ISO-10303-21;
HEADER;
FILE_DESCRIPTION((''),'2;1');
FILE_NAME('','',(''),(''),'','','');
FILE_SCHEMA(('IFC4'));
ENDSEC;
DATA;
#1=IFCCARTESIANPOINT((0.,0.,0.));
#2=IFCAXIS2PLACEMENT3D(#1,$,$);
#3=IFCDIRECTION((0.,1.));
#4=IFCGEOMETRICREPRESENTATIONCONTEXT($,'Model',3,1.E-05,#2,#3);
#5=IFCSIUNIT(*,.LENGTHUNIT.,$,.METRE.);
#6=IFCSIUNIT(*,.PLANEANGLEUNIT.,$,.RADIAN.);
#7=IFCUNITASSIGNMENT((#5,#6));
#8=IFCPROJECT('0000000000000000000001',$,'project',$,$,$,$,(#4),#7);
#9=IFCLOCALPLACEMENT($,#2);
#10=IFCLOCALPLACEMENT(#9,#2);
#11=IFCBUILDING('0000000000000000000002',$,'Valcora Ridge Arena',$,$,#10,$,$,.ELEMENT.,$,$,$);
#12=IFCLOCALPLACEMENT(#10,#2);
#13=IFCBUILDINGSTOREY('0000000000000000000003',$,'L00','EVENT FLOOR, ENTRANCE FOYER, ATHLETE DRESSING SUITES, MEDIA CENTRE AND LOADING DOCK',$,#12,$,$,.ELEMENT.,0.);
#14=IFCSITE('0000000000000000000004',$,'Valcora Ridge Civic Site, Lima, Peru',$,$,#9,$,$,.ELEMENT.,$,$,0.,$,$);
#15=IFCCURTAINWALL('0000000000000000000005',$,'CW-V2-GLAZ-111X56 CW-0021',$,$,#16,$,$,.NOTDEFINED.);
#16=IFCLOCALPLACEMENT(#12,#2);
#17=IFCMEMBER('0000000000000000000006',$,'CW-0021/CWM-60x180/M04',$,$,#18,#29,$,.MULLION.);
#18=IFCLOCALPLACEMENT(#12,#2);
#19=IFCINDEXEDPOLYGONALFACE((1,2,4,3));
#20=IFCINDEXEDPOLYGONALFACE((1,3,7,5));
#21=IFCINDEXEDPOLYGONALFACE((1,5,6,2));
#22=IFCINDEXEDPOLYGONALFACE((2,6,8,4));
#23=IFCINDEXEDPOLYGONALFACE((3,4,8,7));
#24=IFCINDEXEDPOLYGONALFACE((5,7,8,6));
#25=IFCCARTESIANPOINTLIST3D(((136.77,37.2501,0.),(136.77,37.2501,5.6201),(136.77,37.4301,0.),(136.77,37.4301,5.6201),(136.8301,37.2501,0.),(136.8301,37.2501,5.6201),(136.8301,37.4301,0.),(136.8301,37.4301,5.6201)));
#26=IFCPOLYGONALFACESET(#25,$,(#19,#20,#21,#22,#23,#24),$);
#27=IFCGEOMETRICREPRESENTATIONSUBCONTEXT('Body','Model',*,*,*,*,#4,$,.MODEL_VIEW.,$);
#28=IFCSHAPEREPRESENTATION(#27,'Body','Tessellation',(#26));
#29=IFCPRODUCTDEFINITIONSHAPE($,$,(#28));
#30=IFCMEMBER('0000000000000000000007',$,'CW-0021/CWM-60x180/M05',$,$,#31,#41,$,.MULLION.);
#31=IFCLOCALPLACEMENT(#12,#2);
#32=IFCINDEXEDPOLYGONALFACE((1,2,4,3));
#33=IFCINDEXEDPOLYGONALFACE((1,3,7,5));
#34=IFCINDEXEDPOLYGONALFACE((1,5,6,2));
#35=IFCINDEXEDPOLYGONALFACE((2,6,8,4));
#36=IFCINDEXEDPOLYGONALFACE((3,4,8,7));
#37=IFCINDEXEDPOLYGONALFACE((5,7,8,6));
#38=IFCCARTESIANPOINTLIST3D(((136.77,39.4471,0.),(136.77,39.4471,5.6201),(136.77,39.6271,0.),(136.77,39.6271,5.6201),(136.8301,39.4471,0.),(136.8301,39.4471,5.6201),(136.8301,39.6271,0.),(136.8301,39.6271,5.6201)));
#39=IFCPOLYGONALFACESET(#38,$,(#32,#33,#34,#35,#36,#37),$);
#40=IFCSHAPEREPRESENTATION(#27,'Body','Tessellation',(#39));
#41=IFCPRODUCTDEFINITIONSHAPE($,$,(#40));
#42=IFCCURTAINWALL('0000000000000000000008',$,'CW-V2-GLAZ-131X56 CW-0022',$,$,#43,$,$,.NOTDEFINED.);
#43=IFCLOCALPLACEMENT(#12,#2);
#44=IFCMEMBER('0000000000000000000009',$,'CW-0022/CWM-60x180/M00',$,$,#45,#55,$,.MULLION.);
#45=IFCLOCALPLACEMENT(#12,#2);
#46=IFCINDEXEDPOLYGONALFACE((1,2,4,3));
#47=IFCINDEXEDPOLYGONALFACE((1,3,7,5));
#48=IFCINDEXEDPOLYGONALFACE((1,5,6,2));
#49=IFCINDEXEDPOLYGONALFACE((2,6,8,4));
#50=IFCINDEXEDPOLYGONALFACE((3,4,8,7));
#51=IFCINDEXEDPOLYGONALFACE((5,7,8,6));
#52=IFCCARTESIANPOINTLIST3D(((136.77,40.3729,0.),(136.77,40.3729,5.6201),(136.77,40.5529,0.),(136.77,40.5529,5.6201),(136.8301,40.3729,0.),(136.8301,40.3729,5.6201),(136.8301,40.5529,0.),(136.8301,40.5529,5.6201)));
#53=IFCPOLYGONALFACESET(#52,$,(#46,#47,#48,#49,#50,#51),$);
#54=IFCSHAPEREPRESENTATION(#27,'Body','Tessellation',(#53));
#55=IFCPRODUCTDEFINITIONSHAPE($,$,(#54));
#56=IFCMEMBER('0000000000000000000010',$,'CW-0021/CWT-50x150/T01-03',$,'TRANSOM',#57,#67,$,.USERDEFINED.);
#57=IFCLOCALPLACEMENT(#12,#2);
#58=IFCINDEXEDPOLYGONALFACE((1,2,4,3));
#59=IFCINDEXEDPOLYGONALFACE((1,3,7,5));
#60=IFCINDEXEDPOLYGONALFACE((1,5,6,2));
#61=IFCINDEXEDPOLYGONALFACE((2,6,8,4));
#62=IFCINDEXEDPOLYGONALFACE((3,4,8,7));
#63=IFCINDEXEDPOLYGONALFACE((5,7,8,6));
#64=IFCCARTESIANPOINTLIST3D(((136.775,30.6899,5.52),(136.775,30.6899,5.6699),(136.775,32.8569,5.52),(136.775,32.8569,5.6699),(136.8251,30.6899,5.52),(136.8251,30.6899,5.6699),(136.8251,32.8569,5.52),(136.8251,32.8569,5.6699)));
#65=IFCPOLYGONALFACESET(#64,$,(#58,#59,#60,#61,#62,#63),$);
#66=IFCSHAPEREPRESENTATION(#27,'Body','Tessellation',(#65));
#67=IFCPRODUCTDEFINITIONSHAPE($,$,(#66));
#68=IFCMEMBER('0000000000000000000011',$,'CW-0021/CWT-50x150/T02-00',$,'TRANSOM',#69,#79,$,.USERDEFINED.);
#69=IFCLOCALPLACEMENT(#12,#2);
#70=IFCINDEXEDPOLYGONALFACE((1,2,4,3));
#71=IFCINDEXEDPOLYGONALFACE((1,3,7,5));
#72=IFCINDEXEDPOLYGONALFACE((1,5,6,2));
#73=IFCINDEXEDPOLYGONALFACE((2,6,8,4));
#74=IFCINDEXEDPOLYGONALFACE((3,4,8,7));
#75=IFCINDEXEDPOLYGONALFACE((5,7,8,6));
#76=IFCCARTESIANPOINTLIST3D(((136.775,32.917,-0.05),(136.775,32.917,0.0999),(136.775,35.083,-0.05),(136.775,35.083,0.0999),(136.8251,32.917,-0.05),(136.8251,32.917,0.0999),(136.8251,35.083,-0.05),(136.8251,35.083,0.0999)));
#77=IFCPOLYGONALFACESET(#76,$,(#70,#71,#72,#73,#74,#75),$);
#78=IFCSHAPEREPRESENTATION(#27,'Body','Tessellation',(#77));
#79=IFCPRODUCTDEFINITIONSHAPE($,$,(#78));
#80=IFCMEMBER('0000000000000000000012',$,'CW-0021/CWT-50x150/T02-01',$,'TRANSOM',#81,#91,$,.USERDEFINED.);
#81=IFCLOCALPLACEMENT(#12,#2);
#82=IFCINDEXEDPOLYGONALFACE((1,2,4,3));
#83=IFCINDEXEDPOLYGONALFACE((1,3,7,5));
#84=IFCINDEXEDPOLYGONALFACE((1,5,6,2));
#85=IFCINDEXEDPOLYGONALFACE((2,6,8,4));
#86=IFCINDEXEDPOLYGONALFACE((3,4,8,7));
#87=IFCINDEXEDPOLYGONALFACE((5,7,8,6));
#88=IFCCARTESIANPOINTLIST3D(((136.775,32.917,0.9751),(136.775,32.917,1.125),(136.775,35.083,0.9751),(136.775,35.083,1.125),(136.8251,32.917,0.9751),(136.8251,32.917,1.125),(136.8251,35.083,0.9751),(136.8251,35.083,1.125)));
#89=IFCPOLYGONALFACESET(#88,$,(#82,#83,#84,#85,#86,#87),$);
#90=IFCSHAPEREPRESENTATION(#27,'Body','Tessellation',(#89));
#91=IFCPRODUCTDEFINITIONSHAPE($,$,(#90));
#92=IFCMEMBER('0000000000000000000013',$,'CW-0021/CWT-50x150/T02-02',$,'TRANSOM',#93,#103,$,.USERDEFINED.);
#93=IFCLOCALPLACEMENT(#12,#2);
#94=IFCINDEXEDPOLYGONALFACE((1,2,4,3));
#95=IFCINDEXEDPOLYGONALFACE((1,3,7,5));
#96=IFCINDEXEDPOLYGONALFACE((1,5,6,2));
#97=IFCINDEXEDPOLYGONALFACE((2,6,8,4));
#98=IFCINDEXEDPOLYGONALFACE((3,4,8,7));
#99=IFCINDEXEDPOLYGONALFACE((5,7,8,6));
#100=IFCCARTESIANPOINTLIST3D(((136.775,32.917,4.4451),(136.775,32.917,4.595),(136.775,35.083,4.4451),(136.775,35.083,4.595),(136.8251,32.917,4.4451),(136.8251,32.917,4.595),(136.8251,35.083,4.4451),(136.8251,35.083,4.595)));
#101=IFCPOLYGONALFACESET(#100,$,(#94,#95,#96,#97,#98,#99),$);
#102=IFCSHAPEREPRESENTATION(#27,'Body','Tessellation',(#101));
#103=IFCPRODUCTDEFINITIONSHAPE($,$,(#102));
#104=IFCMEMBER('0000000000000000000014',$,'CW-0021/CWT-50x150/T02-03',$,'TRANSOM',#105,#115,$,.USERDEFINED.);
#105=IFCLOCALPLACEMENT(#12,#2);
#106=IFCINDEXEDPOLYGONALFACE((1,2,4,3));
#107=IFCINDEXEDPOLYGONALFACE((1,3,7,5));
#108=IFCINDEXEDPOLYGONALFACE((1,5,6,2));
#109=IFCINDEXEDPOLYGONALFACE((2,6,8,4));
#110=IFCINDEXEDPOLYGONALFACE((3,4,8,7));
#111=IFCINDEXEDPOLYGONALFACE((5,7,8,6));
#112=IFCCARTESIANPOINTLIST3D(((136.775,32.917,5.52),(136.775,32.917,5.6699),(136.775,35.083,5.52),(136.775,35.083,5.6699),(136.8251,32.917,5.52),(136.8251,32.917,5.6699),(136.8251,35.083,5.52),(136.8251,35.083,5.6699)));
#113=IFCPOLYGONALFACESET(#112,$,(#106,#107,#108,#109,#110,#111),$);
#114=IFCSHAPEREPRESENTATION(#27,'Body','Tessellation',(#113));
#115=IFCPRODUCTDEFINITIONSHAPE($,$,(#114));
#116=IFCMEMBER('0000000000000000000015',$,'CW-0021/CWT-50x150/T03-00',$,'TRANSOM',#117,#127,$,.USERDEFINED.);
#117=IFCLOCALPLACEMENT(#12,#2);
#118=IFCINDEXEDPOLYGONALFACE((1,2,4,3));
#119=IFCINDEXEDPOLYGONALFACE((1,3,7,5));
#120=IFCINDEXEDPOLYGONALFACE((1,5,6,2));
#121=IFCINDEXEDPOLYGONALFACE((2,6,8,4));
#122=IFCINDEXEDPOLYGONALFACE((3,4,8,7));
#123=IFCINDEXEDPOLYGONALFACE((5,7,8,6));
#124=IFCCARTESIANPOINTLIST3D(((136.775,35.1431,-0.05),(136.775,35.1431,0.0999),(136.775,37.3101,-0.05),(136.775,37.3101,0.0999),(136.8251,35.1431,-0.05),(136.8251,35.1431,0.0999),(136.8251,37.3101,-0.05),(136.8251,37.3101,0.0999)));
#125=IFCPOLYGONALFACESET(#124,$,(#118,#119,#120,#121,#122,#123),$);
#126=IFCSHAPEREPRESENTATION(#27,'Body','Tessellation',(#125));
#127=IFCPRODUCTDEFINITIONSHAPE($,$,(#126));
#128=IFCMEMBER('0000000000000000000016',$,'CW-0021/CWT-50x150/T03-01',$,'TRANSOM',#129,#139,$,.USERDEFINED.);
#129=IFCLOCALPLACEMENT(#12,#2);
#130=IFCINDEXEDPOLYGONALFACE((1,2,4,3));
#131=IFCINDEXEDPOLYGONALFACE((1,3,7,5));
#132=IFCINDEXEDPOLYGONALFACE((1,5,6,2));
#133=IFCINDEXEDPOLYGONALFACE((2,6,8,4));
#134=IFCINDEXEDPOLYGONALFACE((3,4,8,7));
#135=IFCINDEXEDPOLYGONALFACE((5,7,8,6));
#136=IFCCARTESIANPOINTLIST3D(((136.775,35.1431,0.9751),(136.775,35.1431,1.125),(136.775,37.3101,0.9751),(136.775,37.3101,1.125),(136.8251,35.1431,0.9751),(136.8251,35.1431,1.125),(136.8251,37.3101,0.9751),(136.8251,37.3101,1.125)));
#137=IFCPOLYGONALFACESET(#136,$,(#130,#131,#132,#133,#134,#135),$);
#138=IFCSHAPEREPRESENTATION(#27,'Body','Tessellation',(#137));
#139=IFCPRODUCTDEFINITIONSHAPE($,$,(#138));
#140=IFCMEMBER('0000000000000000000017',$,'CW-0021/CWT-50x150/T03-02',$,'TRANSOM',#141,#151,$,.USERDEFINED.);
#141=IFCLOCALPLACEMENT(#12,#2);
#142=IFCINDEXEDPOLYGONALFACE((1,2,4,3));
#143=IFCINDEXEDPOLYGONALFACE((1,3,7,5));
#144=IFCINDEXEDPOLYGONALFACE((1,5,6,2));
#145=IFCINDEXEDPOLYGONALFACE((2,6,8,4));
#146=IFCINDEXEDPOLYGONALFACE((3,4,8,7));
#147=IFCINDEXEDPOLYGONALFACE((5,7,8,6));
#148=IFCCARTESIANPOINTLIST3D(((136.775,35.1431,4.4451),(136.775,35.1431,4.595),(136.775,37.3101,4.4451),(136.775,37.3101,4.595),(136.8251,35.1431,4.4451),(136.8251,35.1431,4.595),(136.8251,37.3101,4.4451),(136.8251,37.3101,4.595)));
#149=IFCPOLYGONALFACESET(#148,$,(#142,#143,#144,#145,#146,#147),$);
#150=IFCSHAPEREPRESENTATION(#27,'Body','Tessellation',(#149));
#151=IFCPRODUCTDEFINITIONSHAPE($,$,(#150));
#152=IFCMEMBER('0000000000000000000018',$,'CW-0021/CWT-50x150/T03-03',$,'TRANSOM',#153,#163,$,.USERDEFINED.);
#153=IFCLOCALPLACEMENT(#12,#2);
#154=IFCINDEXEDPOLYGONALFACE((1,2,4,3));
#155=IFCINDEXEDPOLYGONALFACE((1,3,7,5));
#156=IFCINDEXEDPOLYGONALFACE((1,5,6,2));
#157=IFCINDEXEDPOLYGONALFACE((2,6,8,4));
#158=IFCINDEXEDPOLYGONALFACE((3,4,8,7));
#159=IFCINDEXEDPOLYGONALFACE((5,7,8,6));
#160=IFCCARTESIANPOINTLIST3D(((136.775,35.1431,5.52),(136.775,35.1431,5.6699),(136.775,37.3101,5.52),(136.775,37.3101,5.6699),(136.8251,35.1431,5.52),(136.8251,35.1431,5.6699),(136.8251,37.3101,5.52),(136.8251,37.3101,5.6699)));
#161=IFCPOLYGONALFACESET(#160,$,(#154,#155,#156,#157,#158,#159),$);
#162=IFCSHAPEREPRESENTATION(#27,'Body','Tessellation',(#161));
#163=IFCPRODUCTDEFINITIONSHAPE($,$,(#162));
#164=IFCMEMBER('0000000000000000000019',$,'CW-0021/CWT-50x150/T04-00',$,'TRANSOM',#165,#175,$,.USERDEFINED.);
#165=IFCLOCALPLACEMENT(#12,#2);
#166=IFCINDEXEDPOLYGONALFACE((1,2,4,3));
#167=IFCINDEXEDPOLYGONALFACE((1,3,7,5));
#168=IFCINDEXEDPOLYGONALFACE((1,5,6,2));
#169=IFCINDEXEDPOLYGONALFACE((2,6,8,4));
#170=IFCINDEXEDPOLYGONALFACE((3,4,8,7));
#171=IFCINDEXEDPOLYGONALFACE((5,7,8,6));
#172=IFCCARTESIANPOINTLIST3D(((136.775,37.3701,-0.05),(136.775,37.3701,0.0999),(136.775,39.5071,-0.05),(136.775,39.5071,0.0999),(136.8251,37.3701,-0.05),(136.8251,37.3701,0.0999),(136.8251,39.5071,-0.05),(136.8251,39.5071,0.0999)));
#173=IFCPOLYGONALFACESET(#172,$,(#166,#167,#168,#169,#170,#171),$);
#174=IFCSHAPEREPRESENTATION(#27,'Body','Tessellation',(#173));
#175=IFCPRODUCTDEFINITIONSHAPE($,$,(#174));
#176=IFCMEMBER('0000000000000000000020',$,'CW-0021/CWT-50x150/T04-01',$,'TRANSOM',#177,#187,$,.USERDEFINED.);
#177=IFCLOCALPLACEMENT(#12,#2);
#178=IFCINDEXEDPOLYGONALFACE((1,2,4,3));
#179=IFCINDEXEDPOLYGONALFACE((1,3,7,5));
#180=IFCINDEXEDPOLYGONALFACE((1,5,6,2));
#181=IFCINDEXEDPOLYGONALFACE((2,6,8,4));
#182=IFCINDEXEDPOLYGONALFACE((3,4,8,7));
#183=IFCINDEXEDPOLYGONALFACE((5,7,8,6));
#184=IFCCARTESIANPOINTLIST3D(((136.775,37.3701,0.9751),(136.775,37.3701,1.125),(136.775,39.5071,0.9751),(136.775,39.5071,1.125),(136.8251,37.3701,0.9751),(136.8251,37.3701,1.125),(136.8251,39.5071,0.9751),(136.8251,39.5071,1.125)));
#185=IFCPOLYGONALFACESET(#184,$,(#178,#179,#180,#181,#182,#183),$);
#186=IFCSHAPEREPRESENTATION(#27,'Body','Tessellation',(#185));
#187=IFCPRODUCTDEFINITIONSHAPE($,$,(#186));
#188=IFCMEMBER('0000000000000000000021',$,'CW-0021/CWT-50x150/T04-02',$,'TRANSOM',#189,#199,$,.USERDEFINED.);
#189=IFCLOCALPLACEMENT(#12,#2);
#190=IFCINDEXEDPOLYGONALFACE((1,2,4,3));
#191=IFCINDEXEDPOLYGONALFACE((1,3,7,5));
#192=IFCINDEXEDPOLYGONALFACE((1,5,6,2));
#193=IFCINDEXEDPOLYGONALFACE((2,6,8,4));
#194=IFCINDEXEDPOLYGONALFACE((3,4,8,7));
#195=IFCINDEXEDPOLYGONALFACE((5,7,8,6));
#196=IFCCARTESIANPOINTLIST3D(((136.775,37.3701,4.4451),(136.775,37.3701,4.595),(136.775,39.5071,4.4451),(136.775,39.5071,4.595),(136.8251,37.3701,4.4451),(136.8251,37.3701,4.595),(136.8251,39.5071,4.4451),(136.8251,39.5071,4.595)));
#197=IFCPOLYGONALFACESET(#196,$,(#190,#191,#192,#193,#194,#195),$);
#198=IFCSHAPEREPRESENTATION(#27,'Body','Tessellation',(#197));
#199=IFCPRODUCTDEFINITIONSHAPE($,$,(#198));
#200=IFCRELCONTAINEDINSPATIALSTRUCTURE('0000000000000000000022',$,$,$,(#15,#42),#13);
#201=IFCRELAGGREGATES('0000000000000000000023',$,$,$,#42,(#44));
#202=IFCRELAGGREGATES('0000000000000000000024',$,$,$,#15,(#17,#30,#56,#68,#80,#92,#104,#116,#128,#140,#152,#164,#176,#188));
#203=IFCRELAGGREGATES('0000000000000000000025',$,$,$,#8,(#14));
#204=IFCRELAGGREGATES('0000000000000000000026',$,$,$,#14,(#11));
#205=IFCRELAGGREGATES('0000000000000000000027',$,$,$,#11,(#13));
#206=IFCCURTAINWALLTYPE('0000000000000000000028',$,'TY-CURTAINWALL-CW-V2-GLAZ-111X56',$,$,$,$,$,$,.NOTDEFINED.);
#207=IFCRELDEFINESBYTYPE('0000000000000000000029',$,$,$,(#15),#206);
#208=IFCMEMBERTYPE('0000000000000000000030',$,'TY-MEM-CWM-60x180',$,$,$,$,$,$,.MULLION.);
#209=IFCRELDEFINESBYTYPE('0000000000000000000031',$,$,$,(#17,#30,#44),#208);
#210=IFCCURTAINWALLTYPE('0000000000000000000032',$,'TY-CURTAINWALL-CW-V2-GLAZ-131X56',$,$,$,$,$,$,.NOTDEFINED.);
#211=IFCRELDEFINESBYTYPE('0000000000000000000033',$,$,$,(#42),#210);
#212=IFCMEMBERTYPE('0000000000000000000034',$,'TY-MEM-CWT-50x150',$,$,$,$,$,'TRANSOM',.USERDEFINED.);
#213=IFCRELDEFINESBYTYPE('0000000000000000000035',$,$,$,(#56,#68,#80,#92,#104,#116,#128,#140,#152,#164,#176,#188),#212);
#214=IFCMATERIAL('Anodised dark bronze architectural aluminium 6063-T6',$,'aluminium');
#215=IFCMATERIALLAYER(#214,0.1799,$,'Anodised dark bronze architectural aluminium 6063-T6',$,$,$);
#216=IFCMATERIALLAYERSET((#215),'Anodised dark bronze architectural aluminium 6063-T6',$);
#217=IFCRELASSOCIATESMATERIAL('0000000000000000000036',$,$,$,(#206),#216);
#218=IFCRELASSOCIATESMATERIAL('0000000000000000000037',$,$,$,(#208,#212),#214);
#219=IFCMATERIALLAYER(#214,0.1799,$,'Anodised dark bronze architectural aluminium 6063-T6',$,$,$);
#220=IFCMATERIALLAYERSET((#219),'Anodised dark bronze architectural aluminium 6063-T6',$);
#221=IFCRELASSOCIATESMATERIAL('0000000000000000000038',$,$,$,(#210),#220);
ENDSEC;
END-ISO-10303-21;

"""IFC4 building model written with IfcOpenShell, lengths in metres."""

from ifc_helpers import new_model, si_unit, direction, frame, origin, origin_2d, place, context, subcontext, project, spatial, rectangle, extrude, material, layer, layer_set, material_profile, profile_set, type_object, element, aggregate, save


model = new_model("IFC4")

# Units and contexts
model_context = context("Model", 3, precision=1e-05, world=origin(), true_north=direction((0.0, 1.0)))
body_context = subcontext(model_context, "Body", "Model", "MODEL_VIEW")
ifc_project = project(units=[si_unit("LENGTHUNIT", "METRE"), si_unit("PLANEANGLEUNIT", "RADIAN")], contexts=[model_context])

# Site, building, storey
site_placement = place(None, origin())
site = spatial("IfcSite", under=ifc_project, at=site_placement, Name="Valcora Ridge Civic Site, Lima, Peru", CompositionType="ELEMENT", RefElevation=0.0)
building_placement = place(site_placement, origin())
building = spatial("IfcBuilding", under=site, at=building_placement, Name="Valcora Ridge Arena", CompositionType="ELEMENT")
storey_placement = place(building_placement, origin())
storey = spatial("IfcBuildingStorey", under=building, at=storey_placement, Name="L00", Description="EVENT FLOOR, ENTRANCE FOYER, ATHLETE DRESSING SUITES, MEDIA CENTRE AND LOADING DOCK", CompositionType="ELEMENT", Elevation=0.0)

# Curtain wall, members
ifc_material_1 = material(Name="Anodised dark bronze architectural aluminium 6063-T6", Category="aluminium")
ifc_layer_1 = layer(ifc_material_1, 0.1799, Name="Anodised dark bronze architectural aluminium 6063-T6")
ifc_layer_set_1 = layer_set([ifc_layer_1], Name="Anodised dark bronze architectural aluminium 6063-T6")
curtain_wall_type_1 = type_object("IfcCurtainWallType", Name="TY-CURTAINWALL-CW-V2-GLAZ-111X56", PredefinedType="NOTDEFINED", material=ifc_layer_set_1)
curtain_wall_1_placement = place(storey_placement, origin())
curtain_wall_1 = element("IfcCurtainWall", 1, at=curtain_wall_1_placement, inside=storey, type_object=curtain_wall_type_1, Name="CW-V2-GLAZ-111X56 CW-0021", PredefinedType="NOTDEFINED")
ifc_material_profile_1 = material_profile(ifc_material_1, rectangle(XDim=0.0601, YDim=0.1799, at=origin_2d()), Name="ALU MULLION 60x180")
ifc_profile_set_1 = profile_set([ifc_material_profile_1], Name="Anodised dark bronze architectural aluminium 6063-T6")
member_type_1 = type_object("IfcMemberType", Name="TY-MEM-CWM-60x180", PredefinedType="MULLION", material=ifc_profile_set_1)
member_1_placement = place(storey_placement, frame((136.8, 37.3401, 0.0), z_axis=(0.0, 0.0, 1.0), x_axis=(-1.0, 0.0, 0.0)))
member_1 = element("IfcMember", 2, at=member_1_placement, type_object=member_type_1, Name="CW-0021/CWM-60x180/M04", PredefinedType="MULLION", context=body_context, shape_type="SweptSolid", body=[
    extrude(rectangle(XDim=0.0601, YDim=0.1799, at=origin_2d()), origin(), (0.0, 0.0, 1.0), 5.6201),
])
member_2_placement = place(storey_placement, frame((136.8, 39.5371, 0.0), z_axis=(0.0, 0.0, 1.0), x_axis=(-1.0, 0.0, 0.0)))
member_2 = element("IfcMember", 3, at=member_2_placement, type_object=member_type_1, Name="CW-0021/CWM-60x180/M05", PredefinedType="MULLION", context=body_context, shape_type="SweptSolid", body=[
    extrude(rectangle(XDim=0.0601, YDim=0.1799, at=origin_2d()), origin(), (0.0, 0.0, 1.0), 5.6201),
])

# Curtain wall, member
ifc_layer_2 = layer(ifc_material_1, 0.1799, Name="Anodised dark bronze architectural aluminium 6063-T6")
ifc_layer_set_2 = layer_set([ifc_layer_2], Name="Anodised dark bronze architectural aluminium 6063-T6")
curtain_wall_type_2 = type_object("IfcCurtainWallType", Name="TY-CURTAINWALL-CW-V2-GLAZ-131X56", PredefinedType="NOTDEFINED", material=ifc_layer_set_2)
curtain_wall_2_placement = place(storey_placement, origin())
curtain_wall_2 = element("IfcCurtainWall", 4, at=curtain_wall_2_placement, inside=storey, type_object=curtain_wall_type_2, Name="CW-V2-GLAZ-131X56 CW-0022", PredefinedType="NOTDEFINED")
member_3_placement = place(storey_placement, frame((136.8, 40.4629, 0.0), z_axis=(0.0, 0.0, 1.0), x_axis=(-1.0, 0.0, 0.0)))
member_3 = element("IfcMember", 5, at=member_3_placement, type_object=member_type_1, Name="CW-0022/CWM-60x180/M00", PredefinedType="MULLION", context=body_context, shape_type="SweptSolid", body=[
    extrude(rectangle(XDim=0.0601, YDim=0.1799, at=origin_2d()), origin(), (0.0, 0.0, 1.0), 5.6201),
])

# Members
ifc_material_profile_2 = material_profile(ifc_material_1, rectangle(XDim=0.05, YDim=0.1499, at=origin_2d()), Name="ALU TRANSOM 50x150")
ifc_profile_set_2 = profile_set([ifc_material_profile_2], Name="Anodised dark bronze architectural aluminium 6063-T6")
member_type_2 = type_object("IfcMemberType", Name="TY-MEM-CWT-50x150", ElementType="TRANSOM", PredefinedType="USERDEFINED", material=ifc_profile_set_2)
member_4_placement = place(storey_placement, frame((136.8, 30.6899, 5.595), z_axis=(0.0, 1.0, 0.0), x_axis=(-1.0, 0.0, 0.0)))
member_4 = element("IfcMember", 6, at=member_4_placement, type_object=member_type_2, Name="CW-0021/CWT-50x150/T01-03", ObjectType="TRANSOM", PredefinedType="USERDEFINED", context=body_context, shape_type="SweptSolid", body=[
    extrude(rectangle(XDim=0.05, YDim=0.1499, at=origin_2d()), origin(), (0.0, 0.0, 1.0), 2.167),
])
member_5_placement = place(storey_placement, frame((136.8, 32.917, 0.0249), z_axis=(0.0, 1.0, 0.0), x_axis=(-1.0, 0.0, 0.0)))
member_5 = element("IfcMember", 7, at=member_5_placement, type_object=member_type_2, Name="CW-0021/CWT-50x150/T02-00", ObjectType="TRANSOM", PredefinedType="USERDEFINED", context=body_context, shape_type="SweptSolid", body=[
    extrude(rectangle(XDim=0.05, YDim=0.1499, at=origin_2d()), origin(), (0.0, 0.0, 1.0), 2.166),
])
member_6_placement = place(storey_placement, frame((136.8, 32.917, 1.05), z_axis=(0.0, 1.0, 0.0), x_axis=(-1.0, 0.0, 0.0)))
member_6 = element("IfcMember", 8, at=member_6_placement, type_object=member_type_2, Name="CW-0021/CWT-50x150/T02-01", ObjectType="TRANSOM", PredefinedType="USERDEFINED", context=body_context, shape_type="SweptSolid", body=[
    extrude(rectangle(XDim=0.05, YDim=0.1499, at=origin_2d()), origin(), (0.0, 0.0, 1.0), 2.166),
])
member_7_placement = place(storey_placement, frame((136.8, 32.917, 4.52), z_axis=(0.0, 1.0, 0.0), x_axis=(-1.0, 0.0, 0.0)))
member_7 = element("IfcMember", 9, at=member_7_placement, type_object=member_type_2, Name="CW-0021/CWT-50x150/T02-02", ObjectType="TRANSOM", PredefinedType="USERDEFINED", context=body_context, shape_type="SweptSolid", body=[
    extrude(rectangle(XDim=0.05, YDim=0.1499, at=origin_2d()), origin(), (0.0, 0.0, 1.0), 2.166),
])
member_8_placement = place(storey_placement, frame((136.8, 32.917, 5.595), z_axis=(0.0, 1.0, 0.0), x_axis=(-1.0, 0.0, 0.0)))
member_8 = element("IfcMember", 10, at=member_8_placement, type_object=member_type_2, Name="CW-0021/CWT-50x150/T02-03", ObjectType="TRANSOM", PredefinedType="USERDEFINED", context=body_context, shape_type="SweptSolid", body=[
    extrude(rectangle(XDim=0.05, YDim=0.1499, at=origin_2d()), origin(), (0.0, 0.0, 1.0), 2.166),
])
member_9_placement = place(storey_placement, frame((136.8, 35.1431, 0.0249), z_axis=(0.0, 1.0, 0.0), x_axis=(-1.0, 0.0, 0.0)))
member_9 = element("IfcMember", 11, at=member_9_placement, type_object=member_type_2, Name="CW-0021/CWT-50x150/T03-00", ObjectType="TRANSOM", PredefinedType="USERDEFINED", context=body_context, shape_type="SweptSolid", body=[
    extrude(rectangle(XDim=0.05, YDim=0.1499, at=origin_2d()), origin(), (0.0, 0.0, 1.0), 2.167),
])
member_10_placement = place(storey_placement, frame((136.8, 35.1431, 1.05), z_axis=(0.0, 1.0, 0.0), x_axis=(-1.0, 0.0, 0.0)))
member_10 = element("IfcMember", 12, at=member_10_placement, type_object=member_type_2, Name="CW-0021/CWT-50x150/T03-01", ObjectType="TRANSOM", PredefinedType="USERDEFINED", context=body_context, shape_type="SweptSolid", body=[
    extrude(rectangle(XDim=0.05, YDim=0.1499, at=origin_2d()), origin(), (0.0, 0.0, 1.0), 2.167),
])
member_11_placement = place(storey_placement, frame((136.8, 35.1431, 4.52), z_axis=(0.0, 1.0, 0.0), x_axis=(-1.0, 0.0, 0.0)))
member_11 = element("IfcMember", 13, at=member_11_placement, type_object=member_type_2, Name="CW-0021/CWT-50x150/T03-02", ObjectType="TRANSOM", PredefinedType="USERDEFINED", context=body_context, shape_type="SweptSolid", body=[
    extrude(rectangle(XDim=0.05, YDim=0.1499, at=origin_2d()), origin(), (0.0, 0.0, 1.0), 2.167),
])
member_12_placement = place(storey_placement, frame((136.8, 35.1431, 5.595), z_axis=(0.0, 1.0, 0.0), x_axis=(-1.0, 0.0, 0.0)))
member_12 = element("IfcMember", 14, at=member_12_placement, type_object=member_type_2, Name="CW-0021/CWT-50x150/T03-03", ObjectType="TRANSOM", PredefinedType="USERDEFINED", context=body_context, shape_type="SweptSolid", body=[
    extrude(rectangle(XDim=0.05, YDim=0.1499, at=origin_2d()), origin(), (0.0, 0.0, 1.0), 2.167),
])
member_13_placement = place(storey_placement, frame((136.8, 37.3701, 0.0249), z_axis=(0.0, 1.0, 0.0), x_axis=(-1.0, 0.0, 0.0)))
member_13 = element("IfcMember", 15, at=member_13_placement, type_object=member_type_2, Name="CW-0021/CWT-50x150/T04-00", ObjectType="TRANSOM", PredefinedType="USERDEFINED", context=body_context, shape_type="SweptSolid", body=[
    extrude(rectangle(XDim=0.05, YDim=0.1499, at=origin_2d()), origin(), (0.0, 0.0, 1.0), 2.137),
])
member_14_placement = place(storey_placement, frame((136.8, 37.3701, 1.05), z_axis=(0.0, 1.0, 0.0), x_axis=(-1.0, 0.0, 0.0)))
member_14 = element("IfcMember", 16, at=member_14_placement, type_object=member_type_2, Name="CW-0021/CWT-50x150/T04-01", ObjectType="TRANSOM", PredefinedType="USERDEFINED", context=body_context, shape_type="SweptSolid", body=[
    extrude(rectangle(XDim=0.05, YDim=0.1499, at=origin_2d()), origin(), (0.0, 0.0, 1.0), 2.137),
])
member_15_placement = place(storey_placement, frame((136.8, 37.3701, 4.52), z_axis=(0.0, 1.0, 0.0), x_axis=(-1.0, 0.0, 0.0)))
member_15 = element("IfcMember", 17, at=member_15_placement, type_object=member_type_2, Name="CW-0021/CWT-50x150/T04-02", ObjectType="TRANSOM", PredefinedType="USERDEFINED", context=body_context, shape_type="SweptSolid", body=[
    extrude(rectangle(XDim=0.05, YDim=0.1499, at=origin_2d()), origin(), (0.0, 0.0, 1.0), 2.137),
])
aggregate(curtain_wall_2, [member_3])

aggregate(curtain_wall_1, [member_1, member_2, member_4, member_5, member_6, member_7, member_8, member_9, member_10, member_11, member_12, member_13, member_14, member_15])

save(model, "model.ifc")
